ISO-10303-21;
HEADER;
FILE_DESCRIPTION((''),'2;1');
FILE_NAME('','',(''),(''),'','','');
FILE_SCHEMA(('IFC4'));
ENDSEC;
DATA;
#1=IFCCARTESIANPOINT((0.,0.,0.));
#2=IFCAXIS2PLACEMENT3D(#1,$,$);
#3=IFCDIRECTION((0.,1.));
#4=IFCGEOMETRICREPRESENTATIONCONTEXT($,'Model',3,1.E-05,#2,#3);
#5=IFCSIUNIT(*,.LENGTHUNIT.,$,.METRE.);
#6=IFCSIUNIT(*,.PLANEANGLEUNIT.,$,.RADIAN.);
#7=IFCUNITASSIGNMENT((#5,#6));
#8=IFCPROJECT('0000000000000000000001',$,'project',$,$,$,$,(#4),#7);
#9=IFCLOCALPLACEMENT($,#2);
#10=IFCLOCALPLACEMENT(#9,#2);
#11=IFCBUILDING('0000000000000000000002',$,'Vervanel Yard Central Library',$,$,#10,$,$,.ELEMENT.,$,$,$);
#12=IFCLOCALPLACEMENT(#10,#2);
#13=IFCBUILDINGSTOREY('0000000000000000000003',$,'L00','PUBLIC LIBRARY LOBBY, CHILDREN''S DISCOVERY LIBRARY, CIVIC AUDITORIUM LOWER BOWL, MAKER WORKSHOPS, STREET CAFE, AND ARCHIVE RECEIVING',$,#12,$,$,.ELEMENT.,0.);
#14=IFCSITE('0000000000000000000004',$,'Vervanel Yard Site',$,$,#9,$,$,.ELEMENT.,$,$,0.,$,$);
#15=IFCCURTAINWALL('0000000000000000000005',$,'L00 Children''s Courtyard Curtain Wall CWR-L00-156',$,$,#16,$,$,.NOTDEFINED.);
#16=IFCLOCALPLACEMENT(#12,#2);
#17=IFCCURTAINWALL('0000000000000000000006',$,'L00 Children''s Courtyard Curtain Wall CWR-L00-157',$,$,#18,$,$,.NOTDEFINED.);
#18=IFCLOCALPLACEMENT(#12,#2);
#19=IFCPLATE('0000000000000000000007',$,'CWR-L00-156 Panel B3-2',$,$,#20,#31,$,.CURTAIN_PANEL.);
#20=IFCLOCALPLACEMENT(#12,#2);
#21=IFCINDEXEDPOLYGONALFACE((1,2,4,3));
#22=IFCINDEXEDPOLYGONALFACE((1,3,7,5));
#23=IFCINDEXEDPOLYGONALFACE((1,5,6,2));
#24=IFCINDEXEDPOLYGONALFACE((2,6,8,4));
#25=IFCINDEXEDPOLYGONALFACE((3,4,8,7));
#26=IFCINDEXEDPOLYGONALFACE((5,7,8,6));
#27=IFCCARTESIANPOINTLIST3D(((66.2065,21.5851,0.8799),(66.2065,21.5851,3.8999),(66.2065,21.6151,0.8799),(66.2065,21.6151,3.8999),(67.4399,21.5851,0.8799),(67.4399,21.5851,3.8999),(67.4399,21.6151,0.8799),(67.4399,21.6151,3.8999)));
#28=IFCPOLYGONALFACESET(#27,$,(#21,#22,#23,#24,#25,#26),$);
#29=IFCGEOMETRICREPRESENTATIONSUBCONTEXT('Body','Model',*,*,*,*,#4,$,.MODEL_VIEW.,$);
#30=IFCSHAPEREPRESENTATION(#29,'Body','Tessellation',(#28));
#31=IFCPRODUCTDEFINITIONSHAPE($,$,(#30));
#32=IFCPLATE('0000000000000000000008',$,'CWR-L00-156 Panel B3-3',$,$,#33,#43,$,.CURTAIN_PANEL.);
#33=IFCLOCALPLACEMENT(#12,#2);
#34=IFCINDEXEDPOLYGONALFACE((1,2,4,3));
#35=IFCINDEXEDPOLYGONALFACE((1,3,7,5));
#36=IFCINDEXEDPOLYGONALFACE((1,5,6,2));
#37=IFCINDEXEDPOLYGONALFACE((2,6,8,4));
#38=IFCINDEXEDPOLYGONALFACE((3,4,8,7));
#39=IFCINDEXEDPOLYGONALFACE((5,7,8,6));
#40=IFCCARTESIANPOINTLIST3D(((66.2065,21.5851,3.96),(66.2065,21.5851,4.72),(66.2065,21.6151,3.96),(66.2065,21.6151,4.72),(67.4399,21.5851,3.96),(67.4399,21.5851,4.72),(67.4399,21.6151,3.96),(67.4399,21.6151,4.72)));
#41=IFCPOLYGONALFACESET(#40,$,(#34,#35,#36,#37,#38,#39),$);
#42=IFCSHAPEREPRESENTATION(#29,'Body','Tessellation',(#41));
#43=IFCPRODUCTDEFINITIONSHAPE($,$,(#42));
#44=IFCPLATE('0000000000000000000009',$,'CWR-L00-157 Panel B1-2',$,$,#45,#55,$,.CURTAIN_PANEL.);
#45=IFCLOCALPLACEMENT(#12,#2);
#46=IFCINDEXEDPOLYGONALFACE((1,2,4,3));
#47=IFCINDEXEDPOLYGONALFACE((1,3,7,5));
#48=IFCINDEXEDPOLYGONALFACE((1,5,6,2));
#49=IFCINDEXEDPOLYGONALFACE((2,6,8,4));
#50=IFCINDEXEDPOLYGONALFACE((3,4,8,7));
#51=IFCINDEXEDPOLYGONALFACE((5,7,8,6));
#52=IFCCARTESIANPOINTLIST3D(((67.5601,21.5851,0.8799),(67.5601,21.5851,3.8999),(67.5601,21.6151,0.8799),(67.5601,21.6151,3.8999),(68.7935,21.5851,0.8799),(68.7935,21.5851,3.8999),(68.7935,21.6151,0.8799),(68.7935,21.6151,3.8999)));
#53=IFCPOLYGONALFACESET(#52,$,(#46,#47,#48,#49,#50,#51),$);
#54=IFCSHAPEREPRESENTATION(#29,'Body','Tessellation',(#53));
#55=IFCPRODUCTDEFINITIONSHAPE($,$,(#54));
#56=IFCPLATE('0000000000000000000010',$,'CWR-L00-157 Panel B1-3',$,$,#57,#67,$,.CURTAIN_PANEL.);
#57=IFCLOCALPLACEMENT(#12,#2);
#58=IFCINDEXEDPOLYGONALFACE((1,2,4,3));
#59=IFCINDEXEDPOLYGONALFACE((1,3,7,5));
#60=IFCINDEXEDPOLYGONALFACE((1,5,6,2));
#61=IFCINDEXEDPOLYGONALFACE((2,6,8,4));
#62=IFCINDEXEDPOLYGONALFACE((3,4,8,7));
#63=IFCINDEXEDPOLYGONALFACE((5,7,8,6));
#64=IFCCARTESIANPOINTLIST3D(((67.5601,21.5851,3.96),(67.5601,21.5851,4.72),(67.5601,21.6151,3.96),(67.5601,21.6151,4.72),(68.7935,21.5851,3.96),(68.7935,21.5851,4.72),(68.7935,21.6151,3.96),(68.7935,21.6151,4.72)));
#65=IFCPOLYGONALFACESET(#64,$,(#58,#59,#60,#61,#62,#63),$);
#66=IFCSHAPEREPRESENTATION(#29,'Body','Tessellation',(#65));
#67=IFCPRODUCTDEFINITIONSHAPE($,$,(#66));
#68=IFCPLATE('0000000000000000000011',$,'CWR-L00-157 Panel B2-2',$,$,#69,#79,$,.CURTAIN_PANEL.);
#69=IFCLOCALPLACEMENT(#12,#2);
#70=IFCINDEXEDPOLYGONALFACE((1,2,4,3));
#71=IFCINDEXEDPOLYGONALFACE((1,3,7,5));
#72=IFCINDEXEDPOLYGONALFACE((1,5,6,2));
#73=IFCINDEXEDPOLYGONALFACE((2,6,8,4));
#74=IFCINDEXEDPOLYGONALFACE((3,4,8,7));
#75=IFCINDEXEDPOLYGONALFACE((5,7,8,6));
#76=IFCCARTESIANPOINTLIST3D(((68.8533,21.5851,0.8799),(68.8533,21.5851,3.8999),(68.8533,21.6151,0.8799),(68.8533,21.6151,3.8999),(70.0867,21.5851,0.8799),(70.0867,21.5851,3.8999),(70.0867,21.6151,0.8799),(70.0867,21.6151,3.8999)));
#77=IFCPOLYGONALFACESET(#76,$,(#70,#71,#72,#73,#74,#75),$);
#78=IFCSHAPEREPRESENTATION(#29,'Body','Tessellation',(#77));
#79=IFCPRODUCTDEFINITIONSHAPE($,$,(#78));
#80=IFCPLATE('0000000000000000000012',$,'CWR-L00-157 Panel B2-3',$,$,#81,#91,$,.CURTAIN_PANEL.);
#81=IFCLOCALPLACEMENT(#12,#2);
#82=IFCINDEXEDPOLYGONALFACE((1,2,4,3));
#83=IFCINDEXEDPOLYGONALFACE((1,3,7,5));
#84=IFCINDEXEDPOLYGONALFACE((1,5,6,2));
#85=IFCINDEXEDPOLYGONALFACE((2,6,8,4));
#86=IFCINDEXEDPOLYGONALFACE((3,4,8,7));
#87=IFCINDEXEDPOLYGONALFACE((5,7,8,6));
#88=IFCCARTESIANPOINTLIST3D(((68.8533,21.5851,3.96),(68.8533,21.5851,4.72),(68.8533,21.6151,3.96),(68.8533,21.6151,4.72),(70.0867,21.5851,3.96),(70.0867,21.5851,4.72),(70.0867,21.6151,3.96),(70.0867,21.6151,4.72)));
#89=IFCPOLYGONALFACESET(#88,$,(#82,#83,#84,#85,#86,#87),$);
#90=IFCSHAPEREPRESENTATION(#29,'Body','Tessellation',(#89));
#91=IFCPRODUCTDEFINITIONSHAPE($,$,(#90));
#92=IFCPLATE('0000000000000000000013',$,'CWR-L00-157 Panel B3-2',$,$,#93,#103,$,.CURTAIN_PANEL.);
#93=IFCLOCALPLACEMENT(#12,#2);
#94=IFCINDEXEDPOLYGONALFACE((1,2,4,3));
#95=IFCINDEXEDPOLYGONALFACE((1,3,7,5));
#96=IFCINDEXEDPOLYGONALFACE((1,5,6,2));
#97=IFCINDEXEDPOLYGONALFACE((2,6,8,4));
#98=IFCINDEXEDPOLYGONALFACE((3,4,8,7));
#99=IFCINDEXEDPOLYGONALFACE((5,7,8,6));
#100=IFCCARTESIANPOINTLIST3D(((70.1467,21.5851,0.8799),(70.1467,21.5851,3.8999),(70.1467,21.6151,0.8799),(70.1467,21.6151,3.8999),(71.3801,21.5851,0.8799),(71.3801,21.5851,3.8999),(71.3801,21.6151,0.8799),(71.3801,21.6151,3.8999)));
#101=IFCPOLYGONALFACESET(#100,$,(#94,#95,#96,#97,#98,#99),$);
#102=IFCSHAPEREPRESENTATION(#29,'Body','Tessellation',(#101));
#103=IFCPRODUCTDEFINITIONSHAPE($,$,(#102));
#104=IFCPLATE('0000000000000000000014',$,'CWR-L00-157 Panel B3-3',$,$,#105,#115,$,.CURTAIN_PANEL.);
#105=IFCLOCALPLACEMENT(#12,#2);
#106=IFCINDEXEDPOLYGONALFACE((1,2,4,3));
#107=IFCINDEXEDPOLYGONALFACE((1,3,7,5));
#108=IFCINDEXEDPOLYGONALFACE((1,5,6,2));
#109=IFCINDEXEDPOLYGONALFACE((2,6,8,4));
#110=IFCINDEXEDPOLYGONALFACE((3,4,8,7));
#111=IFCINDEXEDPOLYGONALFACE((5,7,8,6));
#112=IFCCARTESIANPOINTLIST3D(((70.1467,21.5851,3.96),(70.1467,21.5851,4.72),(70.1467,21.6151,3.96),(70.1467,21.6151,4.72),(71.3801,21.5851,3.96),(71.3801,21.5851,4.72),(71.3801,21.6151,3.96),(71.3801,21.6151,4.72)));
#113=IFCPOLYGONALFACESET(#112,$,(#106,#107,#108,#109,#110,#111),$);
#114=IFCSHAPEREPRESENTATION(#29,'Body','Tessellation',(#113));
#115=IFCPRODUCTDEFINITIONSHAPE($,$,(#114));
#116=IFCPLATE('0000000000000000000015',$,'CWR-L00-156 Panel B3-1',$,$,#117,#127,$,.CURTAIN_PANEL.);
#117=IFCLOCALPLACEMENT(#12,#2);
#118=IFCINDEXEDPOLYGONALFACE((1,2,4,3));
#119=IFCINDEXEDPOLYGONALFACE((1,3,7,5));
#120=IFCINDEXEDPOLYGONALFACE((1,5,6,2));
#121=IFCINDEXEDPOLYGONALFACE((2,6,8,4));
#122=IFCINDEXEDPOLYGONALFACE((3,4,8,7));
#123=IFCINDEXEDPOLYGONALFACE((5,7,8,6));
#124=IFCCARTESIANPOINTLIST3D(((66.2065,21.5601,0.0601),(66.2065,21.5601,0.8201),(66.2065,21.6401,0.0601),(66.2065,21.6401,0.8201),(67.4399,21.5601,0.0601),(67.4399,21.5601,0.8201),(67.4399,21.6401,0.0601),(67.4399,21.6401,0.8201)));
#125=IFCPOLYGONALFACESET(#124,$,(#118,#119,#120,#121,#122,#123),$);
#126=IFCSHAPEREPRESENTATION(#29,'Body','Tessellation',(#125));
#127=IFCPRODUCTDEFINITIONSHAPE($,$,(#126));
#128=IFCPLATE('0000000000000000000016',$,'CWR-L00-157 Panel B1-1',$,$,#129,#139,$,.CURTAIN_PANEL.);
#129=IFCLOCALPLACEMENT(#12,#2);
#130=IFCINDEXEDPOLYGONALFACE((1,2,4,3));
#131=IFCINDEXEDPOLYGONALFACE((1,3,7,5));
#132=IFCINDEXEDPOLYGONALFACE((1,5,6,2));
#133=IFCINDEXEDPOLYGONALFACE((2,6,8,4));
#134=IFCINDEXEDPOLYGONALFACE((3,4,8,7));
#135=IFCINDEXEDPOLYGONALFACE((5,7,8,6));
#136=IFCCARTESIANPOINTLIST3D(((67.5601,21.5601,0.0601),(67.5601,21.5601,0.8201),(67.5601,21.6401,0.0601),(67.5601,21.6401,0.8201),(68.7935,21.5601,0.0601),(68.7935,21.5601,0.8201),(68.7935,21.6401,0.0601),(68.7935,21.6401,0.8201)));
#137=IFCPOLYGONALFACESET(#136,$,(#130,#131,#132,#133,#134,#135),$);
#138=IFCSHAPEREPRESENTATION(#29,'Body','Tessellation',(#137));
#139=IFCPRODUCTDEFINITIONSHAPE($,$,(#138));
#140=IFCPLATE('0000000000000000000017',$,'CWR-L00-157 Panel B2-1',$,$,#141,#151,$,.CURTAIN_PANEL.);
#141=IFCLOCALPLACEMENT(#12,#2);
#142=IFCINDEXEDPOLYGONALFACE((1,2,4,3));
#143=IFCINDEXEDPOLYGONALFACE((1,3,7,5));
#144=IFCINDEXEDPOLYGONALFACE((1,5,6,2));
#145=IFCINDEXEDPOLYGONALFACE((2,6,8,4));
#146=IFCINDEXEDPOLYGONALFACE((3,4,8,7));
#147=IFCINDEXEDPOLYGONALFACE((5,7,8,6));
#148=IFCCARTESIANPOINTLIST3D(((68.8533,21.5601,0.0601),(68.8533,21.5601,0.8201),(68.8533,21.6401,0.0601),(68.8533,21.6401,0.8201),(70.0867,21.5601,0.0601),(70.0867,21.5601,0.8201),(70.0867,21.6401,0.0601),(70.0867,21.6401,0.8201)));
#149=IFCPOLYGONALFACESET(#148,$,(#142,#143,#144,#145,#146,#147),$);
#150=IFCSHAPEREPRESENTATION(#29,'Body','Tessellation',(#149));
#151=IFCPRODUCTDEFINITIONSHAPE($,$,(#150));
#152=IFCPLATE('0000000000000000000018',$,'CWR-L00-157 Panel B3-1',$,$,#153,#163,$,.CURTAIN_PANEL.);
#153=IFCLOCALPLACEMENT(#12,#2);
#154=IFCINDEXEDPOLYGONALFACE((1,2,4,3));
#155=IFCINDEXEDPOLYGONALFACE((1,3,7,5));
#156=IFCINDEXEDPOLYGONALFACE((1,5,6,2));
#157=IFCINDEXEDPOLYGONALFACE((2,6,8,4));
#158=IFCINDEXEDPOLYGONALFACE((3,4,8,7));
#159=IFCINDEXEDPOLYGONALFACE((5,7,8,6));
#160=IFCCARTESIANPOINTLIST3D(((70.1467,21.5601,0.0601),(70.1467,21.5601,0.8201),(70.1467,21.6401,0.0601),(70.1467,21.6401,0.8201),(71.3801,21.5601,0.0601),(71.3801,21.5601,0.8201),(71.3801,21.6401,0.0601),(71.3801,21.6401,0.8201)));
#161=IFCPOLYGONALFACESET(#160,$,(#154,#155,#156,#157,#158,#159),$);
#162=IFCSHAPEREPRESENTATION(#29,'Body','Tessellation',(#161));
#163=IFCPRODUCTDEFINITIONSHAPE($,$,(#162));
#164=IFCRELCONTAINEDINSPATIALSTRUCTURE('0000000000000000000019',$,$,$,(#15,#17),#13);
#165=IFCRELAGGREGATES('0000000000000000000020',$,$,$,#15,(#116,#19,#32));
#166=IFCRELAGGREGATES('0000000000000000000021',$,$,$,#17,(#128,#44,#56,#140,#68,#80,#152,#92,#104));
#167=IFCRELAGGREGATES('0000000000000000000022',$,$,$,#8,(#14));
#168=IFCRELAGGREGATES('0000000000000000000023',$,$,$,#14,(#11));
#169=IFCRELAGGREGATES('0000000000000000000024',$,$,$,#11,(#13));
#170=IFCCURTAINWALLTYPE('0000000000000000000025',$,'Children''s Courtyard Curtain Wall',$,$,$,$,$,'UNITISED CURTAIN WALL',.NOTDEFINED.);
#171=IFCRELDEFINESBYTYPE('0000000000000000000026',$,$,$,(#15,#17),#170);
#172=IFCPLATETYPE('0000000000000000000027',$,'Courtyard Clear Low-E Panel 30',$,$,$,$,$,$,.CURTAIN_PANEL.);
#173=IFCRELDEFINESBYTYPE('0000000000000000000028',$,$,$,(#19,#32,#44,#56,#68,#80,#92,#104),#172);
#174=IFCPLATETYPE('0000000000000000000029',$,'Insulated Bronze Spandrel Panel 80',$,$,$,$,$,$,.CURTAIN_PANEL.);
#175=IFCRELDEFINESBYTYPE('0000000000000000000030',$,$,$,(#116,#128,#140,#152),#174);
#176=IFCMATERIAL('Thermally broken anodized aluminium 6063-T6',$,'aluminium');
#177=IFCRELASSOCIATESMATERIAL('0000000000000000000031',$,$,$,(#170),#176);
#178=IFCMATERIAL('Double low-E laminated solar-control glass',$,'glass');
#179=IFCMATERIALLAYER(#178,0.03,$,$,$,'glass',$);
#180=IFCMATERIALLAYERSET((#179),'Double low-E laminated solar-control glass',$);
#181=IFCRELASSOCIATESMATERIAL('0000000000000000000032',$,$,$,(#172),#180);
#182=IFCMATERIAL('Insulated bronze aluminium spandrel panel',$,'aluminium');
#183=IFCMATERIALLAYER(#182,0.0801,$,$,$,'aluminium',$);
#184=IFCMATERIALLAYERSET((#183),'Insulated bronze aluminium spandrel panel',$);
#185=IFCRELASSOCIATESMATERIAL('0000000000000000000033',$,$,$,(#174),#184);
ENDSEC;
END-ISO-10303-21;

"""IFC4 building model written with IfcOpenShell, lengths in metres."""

from ifc_helpers import new_model, si_unit, direction, frame, origin, origin_2d, place, context, subcontext, project, spatial, rectangle, extrude, material, layer, layer_set, type_object, element, aggregate, save


model = new_model("IFC4")

# Units and contexts
model_context = context("Model", 3, precision=1e-05, world=origin(), true_north=direction((0.0, 1.0)))
body_context = subcontext(model_context, "Body", "Model", "MODEL_VIEW")
ifc_project = project(units=[si_unit("LENGTHUNIT", "METRE"), si_unit("PLANEANGLEUNIT", "RADIAN")], contexts=[model_context])

# Site, building, storey
site_placement = place(None, origin())
site = spatial("IfcSite", under=ifc_project, at=site_placement, Name="Vervanel Yard Site", CompositionType="ELEMENT", RefElevation=0.0)
building_placement = place(site_placement, origin())
building = spatial("IfcBuilding", under=site, at=building_placement, Name="Vervanel Yard Central Library", CompositionType="ELEMENT")
storey_placement = place(building_placement, origin())
storey = spatial("IfcBuildingStorey", under=building, at=storey_placement, Name="L00", Description="PUBLIC LIBRARY LOBBY, CHILDREN'S DISCOVERY LIBRARY, CIVIC AUDITORIUM LOWER BOWL, MAKER WORKSHOPS, STREET CAFE, AND ARCHIVE RECEIVING", CompositionType="ELEMENT", Elevation=0.0)

# Curtain walls
ifc_material_1 = material(Name="Thermally broken anodized aluminium 6063-T6", Category="aluminium")
curtain_wall_type = type_object("IfcCurtainWallType", Name="Children's Courtyard Curtain Wall", ElementType="UNITISED CURTAIN WALL", PredefinedType="NOTDEFINED", material=ifc_material_1)
curtain_wall_1_placement = place(storey_placement, origin())
curtain_wall_1 = element("IfcCurtainWall", 1, at=curtain_wall_1_placement, inside=storey, type_object=curtain_wall_type, Name="L00 Children's Courtyard Curtain Wall CWR-L00-156", PredefinedType="NOTDEFINED")
curtain_wall_2_placement = place(storey_placement, origin())
curtain_wall_2 = element("IfcCurtainWall", 2, at=curtain_wall_2_placement, inside=storey, type_object=curtain_wall_type, Name="L00 Children's Courtyard Curtain Wall CWR-L00-157", PredefinedType="NOTDEFINED")

# Plates
ifc_material_2 = material(Name="Double low-E laminated solar-control glass", Category="glass")
ifc_layer_1 = layer(ifc_material_2, 0.03, Category="glass")
ifc_layer_set_1 = layer_set([ifc_layer_1], Name="Double low-E laminated solar-control glass")
plate_type_1 = type_object("IfcPlateType", Name="Courtyard Clear Low-E Panel 30", PredefinedType="CURTAIN_PANEL", material=ifc_layer_set_1)
plate_1_placement = place(storey_placement, frame((66.8232, 21.6001, 0.8799), z_axis=(0.0, 0.0, 1.0), x_axis=(1.0, 0.0, 0.0)))
plate_1 = element("IfcPlate", 3, at=plate_1_placement, type_object=plate_type_1, Name="CWR-L00-156 Panel B3-2", PredefinedType="CURTAIN_PANEL", context=body_context, shape_type="SweptSolid", body=[
    extrude(rectangle(XDim=1.2334, YDim=0.03, at=origin_2d()), origin(), (0.0, 0.0, 1.0), 3.02),
])
plate_2_placement = place(storey_placement, frame((66.8232, 21.6001, 3.96), z_axis=(0.0, 0.0, 1.0), x_axis=(1.0, 0.0, 0.0)))
plate_2 = element("IfcPlate", 4, at=plate_2_placement, type_object=plate_type_1, Name="CWR-L00-156 Panel B3-3", PredefinedType="CURTAIN_PANEL", context=body_context, shape_type="SweptSolid", body=[
    extrude(rectangle(XDim=1.2334, YDim=0.03, at=origin_2d()), origin(), (0.0, 0.0, 1.0), 0.76),
])
plate_3_placement = place(storey_placement, frame((68.1768, 21.6001, 0.8799), z_axis=(0.0, 0.0, 1.0), x_axis=(1.0, 0.0, 0.0)))
plate_3 = element("IfcPlate", 5, at=plate_3_placement, type_object=plate_type_1, Name="CWR-L00-157 Panel B1-2", PredefinedType="CURTAIN_PANEL", context=body_context, shape_type="SweptSolid", body=[
    extrude(rectangle(XDim=1.2334, YDim=0.03, at=origin_2d()), origin(), (0.0, 0.0, 1.0), 3.02),
])
plate_4_placement = place(storey_placement, frame((68.1768, 21.6001, 3.96), z_axis=(0.0, 0.0, 1.0), x_axis=(1.0, 0.0, 0.0)))
plate_4 = element("IfcPlate", 6, at=plate_4_placement, type_object=plate_type_1, Name="CWR-L00-157 Panel B1-3", PredefinedType="CURTAIN_PANEL", context=body_context, shape_type="SweptSolid", body=[
    extrude(rectangle(XDim=1.2334, YDim=0.03, at=origin_2d()), origin(), (0.0, 0.0, 1.0), 0.76),
])
plate_5_placement = place(storey_placement, frame((69.47, 21.6001, 0.8799), z_axis=(0.0, 0.0, 1.0), x_axis=(1.0, 0.0, 0.0)))
plate_5 = element("IfcPlate", 7, at=plate_5_placement, type_object=plate_type_1, Name="CWR-L00-157 Panel B2-2", PredefinedType="CURTAIN_PANEL", context=body_context, shape_type="SweptSolid", body=[
    extrude(rectangle(XDim=1.2334, YDim=0.03, at=origin_2d()), origin(), (0.0, 0.0, 1.0), 3.02),
])
plate_6_placement = place(storey_placement, frame((69.47, 21.6001, 3.96), z_axis=(0.0, 0.0, 1.0), x_axis=(1.0, 0.0, 0.0)))
plate_6 = element("IfcPlate", 8, at=plate_6_placement, type_object=plate_type_1, Name="CWR-L00-157 Panel B2-3", PredefinedType="CURTAIN_PANEL", context=body_context, shape_type="SweptSolid", body=[
    extrude(rectangle(XDim=1.2334, YDim=0.03, at=origin_2d()), origin(), (0.0, 0.0, 1.0), 0.76),
])
plate_7_placement = place(storey_placement, frame((70.7634, 21.6001, 0.8799), z_axis=(0.0, 0.0, 1.0), x_axis=(1.0, 0.0, 0.0)))
plate_7 = element("IfcPlate", 9, at=plate_7_placement, type_object=plate_type_1, Name="CWR-L00-157 Panel B3-2", PredefinedType="CURTAIN_PANEL", context=body_context, shape_type="SweptSolid", body=[
    extrude(rectangle(XDim=1.2334, YDim=0.03, at=origin_2d()), origin(), (0.0, 0.0, 1.0), 3.02),
])
plate_8_placement = place(storey_placement, frame((70.7634, 21.6001, 3.96), z_axis=(0.0, 0.0, 1.0), x_axis=(1.0, 0.0, 0.0)))
plate_8 = element("IfcPlate", 10, at=plate_8_placement, type_object=plate_type_1, Name="CWR-L00-157 Panel B3-3", PredefinedType="CURTAIN_PANEL", context=body_context, shape_type="SweptSolid", body=[
    extrude(rectangle(XDim=1.2334, YDim=0.03, at=origin_2d()), origin(), (0.0, 0.0, 1.0), 0.76),
])
ifc_material_3 = material(Name="Insulated bronze aluminium spandrel panel", Category="aluminium")
ifc_layer_2 = layer(ifc_material_3, 0.0801, Category="aluminium")
ifc_layer_set_2 = layer_set([ifc_layer_2], Name="Insulated bronze aluminium spandrel panel")
plate_type_2 = type_object("IfcPlateType", Name="Insulated Bronze Spandrel Panel 80", PredefinedType="CURTAIN_PANEL", material=ifc_layer_set_2)
plate_9_placement = place(storey_placement, frame((66.8232, 21.6001, 0.0601), z_axis=(0.0, 0.0, 1.0), x_axis=(1.0, 0.0, 0.0)))
plate_9 = element("IfcPlate", 11, at=plate_9_placement, type_object=plate_type_2, Name="CWR-L00-156 Panel B3-1", PredefinedType="CURTAIN_PANEL", context=body_context, shape_type="SweptSolid", body=[
    extrude(rectangle(XDim=1.2334, YDim=0.0801, at=origin_2d()), origin(), (0.0, 0.0, 1.0), 0.76),
])
aggregate(curtain_wall_1, [plate_9, plate_1, plate_2])
plate_10_placement = place(storey_placement, frame((68.1768, 21.6001, 0.0601), z_axis=(0.0, 0.0, 1.0), x_axis=(1.0, 0.0, 0.0)))
plate_10 = element("IfcPlate", 12, at=plate_10_placement, type_object=plate_type_2, Name="CWR-L00-157 Panel B1-1", PredefinedType="CURTAIN_PANEL", context=body_context, shape_type="SweptSolid", body=[
    extrude(rectangle(XDim=1.2334, YDim=0.0801, at=origin_2d()), origin(), (0.0, 0.0, 1.0), 0.76),
])
plate_11_placement = place(storey_placement, frame((69.47, 21.6001, 0.0601), z_axis=(0.0, 0.0, 1.0), x_axis=(1.0, 0.0, 0.0)))
plate_11 = element("IfcPlate", 13, at=plate_11_placement, type_object=plate_type_2, Name="CWR-L00-157 Panel B2-1", PredefinedType="CURTAIN_PANEL", context=body_context, shape_type="SweptSolid", body=[
    extrude(rectangle(XDim=1.2334, YDim=0.0801, at=origin_2d()), origin(), (0.0, 0.0, 1.0), 0.76),
])
plate_12_placement = place(storey_placement, frame((70.7634, 21.6001, 0.0601), z_axis=(0.0, 0.0, 1.0), x_axis=(1.0, 0.0, 0.0)))
plate_12 = element("IfcPlate", 14, at=plate_12_placement, type_object=plate_type_2, Name="CWR-L00-157 Panel B3-1", PredefinedType="CURTAIN_PANEL", context=body_context, shape_type="SweptSolid", body=[
    extrude(rectangle(XDim=1.2334, YDim=0.0801, at=origin_2d()), origin(), (0.0, 0.0, 1.0), 0.76),
])
aggregate(curtain_wall_2, [plate_10, plate_3, plate_4, plate_11, plate_5, plate_6, plate_12, plate_7, plate_8])

save(model, "model.ifc")
